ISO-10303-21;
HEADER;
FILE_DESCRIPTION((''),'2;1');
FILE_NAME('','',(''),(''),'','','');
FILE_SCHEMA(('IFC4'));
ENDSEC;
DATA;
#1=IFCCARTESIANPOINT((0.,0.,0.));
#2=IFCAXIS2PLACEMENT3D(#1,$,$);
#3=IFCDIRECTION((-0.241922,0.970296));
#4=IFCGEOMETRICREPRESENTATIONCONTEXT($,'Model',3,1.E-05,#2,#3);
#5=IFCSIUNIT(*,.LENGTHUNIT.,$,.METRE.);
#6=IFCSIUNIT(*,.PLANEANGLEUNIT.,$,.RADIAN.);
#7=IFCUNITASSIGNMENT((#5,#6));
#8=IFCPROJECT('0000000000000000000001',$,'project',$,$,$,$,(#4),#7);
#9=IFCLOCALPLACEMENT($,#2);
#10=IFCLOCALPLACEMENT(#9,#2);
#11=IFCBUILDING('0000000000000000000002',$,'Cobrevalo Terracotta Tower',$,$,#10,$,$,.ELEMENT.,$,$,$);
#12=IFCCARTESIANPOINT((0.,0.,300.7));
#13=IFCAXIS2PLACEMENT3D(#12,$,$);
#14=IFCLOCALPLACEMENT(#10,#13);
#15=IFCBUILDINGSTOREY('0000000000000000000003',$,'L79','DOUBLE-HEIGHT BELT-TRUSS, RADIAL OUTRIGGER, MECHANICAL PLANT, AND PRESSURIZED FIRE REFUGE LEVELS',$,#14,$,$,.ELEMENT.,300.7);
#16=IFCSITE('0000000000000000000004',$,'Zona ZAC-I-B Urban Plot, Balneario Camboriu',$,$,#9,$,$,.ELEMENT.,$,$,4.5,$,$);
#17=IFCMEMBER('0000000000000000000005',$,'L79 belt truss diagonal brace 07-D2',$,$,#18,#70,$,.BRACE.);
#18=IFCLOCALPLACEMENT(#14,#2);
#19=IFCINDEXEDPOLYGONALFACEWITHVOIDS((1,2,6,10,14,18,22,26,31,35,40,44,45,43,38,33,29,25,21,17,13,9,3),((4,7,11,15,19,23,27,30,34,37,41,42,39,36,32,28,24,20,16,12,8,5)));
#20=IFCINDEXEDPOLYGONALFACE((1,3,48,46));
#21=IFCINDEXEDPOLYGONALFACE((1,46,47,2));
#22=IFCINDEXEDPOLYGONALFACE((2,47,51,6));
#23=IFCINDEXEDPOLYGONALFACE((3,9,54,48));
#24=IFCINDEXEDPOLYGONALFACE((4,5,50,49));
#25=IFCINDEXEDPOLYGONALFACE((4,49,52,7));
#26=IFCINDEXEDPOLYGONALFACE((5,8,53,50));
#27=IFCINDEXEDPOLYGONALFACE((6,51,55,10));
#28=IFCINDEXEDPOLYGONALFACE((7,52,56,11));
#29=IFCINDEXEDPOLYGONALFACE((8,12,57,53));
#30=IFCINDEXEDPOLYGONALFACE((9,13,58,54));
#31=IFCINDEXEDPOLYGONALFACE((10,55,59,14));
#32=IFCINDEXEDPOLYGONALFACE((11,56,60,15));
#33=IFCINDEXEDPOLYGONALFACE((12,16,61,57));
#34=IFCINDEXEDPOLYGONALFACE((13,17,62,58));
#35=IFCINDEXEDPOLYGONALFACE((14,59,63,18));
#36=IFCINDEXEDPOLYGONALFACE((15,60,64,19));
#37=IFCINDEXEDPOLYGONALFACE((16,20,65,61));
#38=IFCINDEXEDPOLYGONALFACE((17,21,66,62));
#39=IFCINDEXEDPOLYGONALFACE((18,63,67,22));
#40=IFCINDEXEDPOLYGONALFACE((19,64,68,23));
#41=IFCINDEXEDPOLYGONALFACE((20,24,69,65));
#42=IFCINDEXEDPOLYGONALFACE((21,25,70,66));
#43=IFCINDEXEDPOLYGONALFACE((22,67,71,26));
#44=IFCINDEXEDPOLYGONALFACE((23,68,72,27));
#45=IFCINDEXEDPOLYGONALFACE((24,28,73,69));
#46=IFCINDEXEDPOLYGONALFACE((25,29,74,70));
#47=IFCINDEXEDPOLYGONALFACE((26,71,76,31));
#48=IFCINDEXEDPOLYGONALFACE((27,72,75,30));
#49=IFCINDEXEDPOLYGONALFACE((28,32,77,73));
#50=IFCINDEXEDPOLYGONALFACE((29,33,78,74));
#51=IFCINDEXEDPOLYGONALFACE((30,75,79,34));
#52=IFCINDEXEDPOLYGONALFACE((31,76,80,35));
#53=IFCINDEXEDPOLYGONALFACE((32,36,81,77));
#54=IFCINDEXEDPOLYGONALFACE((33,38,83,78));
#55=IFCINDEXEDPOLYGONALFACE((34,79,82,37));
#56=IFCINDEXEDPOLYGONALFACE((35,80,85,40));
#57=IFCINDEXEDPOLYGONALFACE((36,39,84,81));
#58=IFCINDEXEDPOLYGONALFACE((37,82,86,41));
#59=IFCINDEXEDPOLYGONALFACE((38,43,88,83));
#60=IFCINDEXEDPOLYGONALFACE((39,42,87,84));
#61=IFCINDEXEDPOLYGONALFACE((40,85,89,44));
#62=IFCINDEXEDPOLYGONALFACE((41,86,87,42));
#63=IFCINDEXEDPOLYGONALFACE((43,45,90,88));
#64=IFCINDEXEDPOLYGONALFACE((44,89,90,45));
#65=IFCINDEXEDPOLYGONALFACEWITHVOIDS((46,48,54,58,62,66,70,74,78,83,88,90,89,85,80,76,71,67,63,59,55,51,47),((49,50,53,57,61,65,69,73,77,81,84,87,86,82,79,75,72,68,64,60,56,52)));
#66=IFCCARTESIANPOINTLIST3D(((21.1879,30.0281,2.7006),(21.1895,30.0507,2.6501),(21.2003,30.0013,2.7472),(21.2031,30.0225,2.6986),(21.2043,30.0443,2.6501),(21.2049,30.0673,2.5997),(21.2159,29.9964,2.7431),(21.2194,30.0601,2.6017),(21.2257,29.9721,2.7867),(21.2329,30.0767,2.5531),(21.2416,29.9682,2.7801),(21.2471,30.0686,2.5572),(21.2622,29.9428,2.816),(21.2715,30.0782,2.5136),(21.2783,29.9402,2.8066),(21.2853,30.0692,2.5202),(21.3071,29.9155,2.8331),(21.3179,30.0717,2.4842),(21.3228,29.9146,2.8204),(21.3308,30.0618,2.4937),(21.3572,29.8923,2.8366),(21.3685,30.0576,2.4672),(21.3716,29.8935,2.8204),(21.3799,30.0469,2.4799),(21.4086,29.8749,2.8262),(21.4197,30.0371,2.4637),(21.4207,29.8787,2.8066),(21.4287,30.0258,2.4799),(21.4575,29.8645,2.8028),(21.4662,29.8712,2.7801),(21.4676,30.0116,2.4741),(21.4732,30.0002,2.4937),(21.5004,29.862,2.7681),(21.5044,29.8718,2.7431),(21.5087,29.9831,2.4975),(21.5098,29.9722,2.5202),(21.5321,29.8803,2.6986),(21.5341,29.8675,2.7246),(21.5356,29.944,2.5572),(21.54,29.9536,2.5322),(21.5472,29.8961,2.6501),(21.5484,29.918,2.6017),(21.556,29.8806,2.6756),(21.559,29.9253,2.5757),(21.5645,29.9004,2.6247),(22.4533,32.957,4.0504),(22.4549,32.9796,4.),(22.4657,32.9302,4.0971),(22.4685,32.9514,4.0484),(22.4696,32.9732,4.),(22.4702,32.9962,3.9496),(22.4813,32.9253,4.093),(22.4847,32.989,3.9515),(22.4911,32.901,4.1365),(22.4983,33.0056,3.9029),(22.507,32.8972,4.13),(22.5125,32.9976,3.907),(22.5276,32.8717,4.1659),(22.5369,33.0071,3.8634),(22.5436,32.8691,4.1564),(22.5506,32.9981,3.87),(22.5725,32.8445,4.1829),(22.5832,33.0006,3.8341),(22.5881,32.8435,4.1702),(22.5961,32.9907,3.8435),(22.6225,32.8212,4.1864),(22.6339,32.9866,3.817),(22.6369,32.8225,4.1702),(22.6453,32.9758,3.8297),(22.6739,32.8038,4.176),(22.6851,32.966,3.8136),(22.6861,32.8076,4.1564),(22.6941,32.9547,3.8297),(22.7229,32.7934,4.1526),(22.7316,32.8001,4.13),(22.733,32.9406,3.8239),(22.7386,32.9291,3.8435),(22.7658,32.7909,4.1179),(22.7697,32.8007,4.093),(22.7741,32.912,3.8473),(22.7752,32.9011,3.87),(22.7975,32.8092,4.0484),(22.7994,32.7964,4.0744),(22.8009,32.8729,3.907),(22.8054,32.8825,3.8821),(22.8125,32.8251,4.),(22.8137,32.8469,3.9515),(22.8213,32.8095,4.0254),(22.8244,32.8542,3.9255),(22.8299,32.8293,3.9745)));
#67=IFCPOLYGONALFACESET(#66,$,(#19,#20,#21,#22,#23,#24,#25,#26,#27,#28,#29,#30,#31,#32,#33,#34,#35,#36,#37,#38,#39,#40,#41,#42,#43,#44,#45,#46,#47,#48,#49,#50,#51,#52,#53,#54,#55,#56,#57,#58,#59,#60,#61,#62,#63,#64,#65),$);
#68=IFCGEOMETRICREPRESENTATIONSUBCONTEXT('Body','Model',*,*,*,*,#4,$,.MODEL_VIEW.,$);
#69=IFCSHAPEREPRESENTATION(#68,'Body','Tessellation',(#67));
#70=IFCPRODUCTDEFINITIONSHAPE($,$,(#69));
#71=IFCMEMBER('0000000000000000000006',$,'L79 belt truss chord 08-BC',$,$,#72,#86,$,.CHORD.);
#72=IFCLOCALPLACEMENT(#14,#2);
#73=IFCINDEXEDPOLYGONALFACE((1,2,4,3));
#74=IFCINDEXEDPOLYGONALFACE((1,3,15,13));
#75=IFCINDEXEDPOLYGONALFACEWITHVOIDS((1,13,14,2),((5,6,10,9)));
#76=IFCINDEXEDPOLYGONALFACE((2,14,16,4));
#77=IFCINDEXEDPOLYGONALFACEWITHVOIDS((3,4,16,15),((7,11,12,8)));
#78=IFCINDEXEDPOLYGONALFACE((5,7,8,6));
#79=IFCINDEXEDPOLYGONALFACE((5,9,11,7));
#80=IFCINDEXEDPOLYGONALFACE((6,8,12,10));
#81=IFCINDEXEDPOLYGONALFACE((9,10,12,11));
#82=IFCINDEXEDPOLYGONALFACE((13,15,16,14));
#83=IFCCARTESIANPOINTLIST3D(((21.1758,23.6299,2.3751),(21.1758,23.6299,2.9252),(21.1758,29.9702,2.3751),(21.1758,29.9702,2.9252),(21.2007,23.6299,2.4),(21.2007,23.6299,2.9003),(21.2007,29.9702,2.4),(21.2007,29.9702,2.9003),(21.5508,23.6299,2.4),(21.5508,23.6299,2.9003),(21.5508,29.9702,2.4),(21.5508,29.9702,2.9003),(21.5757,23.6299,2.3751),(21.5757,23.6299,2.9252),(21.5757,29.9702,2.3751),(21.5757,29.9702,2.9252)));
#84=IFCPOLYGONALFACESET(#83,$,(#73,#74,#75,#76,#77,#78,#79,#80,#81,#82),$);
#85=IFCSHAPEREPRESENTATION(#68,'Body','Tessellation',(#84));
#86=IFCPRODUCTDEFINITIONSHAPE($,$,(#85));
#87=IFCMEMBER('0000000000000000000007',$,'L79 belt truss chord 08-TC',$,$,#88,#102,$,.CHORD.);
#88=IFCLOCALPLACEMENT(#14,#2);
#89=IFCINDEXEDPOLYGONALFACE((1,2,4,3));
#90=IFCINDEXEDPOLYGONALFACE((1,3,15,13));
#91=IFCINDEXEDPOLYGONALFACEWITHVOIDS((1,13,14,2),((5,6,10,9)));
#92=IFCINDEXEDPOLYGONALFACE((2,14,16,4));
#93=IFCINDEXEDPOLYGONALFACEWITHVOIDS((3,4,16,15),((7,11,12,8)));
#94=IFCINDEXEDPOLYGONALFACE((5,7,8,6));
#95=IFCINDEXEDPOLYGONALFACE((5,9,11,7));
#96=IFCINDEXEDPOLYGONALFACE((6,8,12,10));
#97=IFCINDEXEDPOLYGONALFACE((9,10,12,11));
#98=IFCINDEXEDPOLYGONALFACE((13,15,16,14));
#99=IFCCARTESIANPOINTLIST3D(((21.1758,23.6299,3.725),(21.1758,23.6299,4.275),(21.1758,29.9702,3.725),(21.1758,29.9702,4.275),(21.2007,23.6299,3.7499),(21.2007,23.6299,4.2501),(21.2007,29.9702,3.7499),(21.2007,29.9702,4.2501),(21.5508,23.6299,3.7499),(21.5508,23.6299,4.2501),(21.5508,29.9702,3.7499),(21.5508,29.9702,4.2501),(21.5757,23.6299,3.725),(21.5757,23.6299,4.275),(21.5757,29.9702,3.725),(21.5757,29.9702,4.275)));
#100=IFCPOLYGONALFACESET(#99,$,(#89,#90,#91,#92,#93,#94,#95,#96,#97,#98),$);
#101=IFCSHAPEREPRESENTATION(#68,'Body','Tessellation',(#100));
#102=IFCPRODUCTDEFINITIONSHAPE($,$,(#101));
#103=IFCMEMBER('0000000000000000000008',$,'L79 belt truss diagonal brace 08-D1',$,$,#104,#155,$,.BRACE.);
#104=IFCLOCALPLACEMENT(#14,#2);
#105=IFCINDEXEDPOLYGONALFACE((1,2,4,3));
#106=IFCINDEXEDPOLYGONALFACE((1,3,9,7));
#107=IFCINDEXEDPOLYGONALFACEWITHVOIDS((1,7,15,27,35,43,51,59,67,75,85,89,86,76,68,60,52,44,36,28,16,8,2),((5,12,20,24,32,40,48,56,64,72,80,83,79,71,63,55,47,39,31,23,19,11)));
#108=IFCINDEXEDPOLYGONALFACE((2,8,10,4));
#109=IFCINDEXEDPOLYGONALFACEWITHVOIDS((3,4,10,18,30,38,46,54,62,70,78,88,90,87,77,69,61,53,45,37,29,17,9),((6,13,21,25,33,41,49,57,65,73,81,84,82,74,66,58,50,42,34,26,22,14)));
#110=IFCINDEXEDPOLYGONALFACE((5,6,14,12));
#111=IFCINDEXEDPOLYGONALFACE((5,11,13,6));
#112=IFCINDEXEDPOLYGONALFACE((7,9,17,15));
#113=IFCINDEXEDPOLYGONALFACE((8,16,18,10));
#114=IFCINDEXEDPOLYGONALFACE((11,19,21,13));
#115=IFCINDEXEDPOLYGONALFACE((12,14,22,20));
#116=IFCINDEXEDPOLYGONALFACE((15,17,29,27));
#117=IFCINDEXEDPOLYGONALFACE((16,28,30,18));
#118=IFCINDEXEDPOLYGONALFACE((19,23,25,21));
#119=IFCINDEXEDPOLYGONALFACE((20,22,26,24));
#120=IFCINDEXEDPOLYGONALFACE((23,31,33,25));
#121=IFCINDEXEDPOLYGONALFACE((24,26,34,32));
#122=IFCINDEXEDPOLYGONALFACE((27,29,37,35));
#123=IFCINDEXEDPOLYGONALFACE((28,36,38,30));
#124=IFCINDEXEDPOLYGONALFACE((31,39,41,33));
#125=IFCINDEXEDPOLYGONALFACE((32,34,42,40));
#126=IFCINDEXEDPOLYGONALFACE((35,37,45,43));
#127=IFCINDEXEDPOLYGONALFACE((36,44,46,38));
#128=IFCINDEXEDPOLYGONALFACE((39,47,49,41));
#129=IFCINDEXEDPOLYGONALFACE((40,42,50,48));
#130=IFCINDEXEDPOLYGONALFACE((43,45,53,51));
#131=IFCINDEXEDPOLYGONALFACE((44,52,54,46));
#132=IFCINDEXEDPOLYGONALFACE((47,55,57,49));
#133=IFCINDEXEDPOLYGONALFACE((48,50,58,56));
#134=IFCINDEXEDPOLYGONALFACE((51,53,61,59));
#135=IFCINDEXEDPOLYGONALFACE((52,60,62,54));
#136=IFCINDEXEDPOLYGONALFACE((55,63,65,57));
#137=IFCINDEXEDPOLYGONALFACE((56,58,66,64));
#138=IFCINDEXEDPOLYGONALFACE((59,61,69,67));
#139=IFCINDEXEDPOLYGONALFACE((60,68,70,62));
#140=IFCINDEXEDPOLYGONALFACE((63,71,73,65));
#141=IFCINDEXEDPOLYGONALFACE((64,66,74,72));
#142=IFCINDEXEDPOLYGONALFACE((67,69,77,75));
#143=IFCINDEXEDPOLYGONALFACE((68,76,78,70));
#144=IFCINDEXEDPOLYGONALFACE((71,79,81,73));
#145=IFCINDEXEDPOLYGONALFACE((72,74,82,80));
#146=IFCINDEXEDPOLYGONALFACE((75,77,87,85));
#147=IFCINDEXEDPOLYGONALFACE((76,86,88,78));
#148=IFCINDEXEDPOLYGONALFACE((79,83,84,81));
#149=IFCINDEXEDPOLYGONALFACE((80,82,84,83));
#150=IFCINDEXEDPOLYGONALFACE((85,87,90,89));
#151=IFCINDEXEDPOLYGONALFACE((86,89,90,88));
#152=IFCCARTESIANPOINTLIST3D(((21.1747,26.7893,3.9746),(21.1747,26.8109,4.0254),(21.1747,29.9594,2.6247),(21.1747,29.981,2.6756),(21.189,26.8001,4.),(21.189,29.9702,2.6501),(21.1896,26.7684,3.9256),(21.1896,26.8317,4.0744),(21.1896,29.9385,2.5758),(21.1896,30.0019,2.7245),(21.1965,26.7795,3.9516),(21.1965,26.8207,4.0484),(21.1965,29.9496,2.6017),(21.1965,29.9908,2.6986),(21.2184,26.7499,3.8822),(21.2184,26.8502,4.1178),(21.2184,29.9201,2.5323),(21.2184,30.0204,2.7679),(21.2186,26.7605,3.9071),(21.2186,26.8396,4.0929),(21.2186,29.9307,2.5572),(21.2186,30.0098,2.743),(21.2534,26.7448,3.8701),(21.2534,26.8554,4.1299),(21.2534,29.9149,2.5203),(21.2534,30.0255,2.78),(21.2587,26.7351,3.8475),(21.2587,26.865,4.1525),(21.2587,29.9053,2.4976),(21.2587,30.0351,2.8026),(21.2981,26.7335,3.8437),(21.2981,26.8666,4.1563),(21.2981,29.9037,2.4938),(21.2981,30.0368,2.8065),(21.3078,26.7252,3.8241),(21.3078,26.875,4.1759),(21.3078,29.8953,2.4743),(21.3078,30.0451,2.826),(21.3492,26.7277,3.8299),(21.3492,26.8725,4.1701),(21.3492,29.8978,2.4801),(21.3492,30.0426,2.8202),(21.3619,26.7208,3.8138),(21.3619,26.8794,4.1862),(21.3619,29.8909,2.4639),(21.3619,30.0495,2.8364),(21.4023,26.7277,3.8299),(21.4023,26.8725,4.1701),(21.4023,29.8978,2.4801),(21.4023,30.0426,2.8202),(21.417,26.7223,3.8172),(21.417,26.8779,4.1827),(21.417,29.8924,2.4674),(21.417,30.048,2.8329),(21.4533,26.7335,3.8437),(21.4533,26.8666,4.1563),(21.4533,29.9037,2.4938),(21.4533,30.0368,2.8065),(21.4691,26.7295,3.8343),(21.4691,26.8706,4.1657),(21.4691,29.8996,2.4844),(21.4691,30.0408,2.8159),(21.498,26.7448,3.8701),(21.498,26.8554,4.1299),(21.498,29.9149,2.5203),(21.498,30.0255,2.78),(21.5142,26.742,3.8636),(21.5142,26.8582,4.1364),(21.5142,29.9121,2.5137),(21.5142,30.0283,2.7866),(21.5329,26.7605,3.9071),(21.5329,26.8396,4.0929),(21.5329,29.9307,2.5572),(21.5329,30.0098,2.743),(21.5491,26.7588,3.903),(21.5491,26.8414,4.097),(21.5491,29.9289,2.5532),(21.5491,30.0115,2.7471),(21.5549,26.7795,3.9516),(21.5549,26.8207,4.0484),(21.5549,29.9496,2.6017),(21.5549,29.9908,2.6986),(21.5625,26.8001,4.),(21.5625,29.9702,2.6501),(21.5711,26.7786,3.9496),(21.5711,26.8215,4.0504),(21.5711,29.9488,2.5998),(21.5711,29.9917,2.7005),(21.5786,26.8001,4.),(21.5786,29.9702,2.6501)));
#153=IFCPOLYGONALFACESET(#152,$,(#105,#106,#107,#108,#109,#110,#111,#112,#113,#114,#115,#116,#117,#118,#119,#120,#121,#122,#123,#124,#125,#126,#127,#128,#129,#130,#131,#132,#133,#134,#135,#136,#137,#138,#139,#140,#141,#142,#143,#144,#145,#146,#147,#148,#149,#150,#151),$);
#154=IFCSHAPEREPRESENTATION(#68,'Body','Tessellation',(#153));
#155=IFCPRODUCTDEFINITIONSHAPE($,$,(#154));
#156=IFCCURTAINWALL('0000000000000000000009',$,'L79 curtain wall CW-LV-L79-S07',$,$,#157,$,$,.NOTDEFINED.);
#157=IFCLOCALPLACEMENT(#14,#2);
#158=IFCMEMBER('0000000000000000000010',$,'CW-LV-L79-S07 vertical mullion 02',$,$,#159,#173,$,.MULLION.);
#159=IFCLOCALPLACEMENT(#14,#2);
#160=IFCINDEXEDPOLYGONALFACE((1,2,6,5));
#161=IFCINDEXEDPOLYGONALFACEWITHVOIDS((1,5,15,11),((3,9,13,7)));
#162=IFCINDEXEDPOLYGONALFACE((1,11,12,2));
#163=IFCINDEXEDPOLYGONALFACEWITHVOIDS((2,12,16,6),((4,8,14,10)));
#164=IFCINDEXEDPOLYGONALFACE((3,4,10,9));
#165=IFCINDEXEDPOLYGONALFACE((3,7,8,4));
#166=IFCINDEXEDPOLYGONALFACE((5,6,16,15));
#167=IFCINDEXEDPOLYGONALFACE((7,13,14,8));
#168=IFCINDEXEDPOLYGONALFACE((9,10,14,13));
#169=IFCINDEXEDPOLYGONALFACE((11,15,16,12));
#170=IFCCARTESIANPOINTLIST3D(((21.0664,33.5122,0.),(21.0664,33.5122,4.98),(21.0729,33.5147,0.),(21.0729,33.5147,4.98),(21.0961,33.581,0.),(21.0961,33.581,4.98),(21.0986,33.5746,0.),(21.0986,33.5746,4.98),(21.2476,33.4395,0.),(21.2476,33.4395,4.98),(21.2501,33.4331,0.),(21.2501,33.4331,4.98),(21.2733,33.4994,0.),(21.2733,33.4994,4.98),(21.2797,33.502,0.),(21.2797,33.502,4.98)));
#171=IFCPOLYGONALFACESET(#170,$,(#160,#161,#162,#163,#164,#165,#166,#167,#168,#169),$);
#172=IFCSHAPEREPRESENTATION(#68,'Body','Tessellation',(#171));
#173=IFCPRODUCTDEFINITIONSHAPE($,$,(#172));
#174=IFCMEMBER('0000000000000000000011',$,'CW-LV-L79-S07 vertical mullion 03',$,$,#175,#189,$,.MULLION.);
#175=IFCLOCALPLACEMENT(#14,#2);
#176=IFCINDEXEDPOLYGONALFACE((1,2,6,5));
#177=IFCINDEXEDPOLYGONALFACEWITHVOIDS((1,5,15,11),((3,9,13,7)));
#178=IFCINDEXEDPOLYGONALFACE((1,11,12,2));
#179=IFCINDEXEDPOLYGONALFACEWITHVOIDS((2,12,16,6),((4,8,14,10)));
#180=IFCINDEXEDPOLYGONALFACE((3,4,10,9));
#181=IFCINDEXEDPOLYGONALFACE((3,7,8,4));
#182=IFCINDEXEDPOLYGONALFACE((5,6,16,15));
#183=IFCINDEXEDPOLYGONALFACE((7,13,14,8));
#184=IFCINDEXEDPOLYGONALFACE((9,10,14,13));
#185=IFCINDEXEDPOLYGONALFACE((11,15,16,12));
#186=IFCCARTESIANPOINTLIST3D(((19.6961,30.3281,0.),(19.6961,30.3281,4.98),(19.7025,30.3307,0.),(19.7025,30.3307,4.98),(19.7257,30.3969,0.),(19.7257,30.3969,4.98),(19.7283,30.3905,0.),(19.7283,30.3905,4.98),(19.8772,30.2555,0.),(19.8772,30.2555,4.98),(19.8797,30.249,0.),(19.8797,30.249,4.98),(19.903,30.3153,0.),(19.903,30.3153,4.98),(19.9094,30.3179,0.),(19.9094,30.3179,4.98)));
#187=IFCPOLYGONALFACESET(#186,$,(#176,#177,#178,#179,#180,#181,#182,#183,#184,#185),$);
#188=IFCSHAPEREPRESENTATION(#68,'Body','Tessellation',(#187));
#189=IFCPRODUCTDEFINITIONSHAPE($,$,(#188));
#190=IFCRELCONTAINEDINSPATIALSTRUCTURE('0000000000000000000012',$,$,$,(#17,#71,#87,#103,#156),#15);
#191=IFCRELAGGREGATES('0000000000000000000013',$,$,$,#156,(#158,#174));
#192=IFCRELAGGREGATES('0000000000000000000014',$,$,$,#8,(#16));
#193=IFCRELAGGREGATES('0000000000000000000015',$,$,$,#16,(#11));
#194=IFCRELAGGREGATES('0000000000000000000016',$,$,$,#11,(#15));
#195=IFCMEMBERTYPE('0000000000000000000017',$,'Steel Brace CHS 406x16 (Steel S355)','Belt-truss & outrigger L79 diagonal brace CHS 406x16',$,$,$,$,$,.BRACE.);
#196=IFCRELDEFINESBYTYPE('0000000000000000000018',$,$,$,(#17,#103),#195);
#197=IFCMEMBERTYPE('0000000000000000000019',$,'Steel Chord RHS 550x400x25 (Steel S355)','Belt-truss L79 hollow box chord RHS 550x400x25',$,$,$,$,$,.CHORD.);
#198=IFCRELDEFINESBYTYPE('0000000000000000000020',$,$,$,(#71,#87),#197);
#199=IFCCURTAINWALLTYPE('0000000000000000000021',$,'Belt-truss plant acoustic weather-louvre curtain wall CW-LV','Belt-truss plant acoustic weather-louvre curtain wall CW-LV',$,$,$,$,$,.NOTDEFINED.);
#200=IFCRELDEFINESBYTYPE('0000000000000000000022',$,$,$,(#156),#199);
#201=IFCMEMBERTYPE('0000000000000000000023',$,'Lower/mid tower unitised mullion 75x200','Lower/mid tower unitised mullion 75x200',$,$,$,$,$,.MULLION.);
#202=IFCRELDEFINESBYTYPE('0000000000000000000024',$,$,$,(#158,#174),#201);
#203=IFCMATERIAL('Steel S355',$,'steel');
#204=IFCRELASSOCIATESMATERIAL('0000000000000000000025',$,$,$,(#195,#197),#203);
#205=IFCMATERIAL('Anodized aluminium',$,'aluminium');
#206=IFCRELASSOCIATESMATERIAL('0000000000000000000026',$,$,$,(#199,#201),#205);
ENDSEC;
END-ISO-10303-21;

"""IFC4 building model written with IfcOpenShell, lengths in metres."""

from ifc_helpers import new_model, si_unit, direction, frame, origin, origin_2d, place, context, subcontext, project, spatial, hollow_rectangle, hollow_circle, extrude, source, transform, mapped, material, material_profile, profile_set, type_object, element, aggregate, save


model = new_model("IFC4")

# Units and contexts
model_context = context("Model", 3, precision=1e-05, world=origin(), true_north=direction((-0.241922, 0.970296)))
body_context = subcontext(model_context, "Body", "Model", "MODEL_VIEW")
ifc_project = project(units=[si_unit("LENGTHUNIT", "METRE"), si_unit("PLANEANGLEUNIT", "RADIAN")], contexts=[model_context])

# Site, building, storey
site_placement = place(None, origin())
site = spatial("IfcSite", under=ifc_project, at=site_placement, Name="Zona ZAC-I-B Urban Plot, Balneario Camboriu", CompositionType="ELEMENT", RefElevation=4.5)
building_placement = place(site_placement, origin())
building = spatial("IfcBuilding", under=site, at=building_placement, Name="Cobrevalo Terracotta Tower", CompositionType="ELEMENT")
storey_placement = place(building_placement, frame((0.0, 0.0, 300.7)))
storey = spatial("IfcBuildingStorey", under=building, at=storey_placement, Name="L79", Description="DOUBLE-HEIGHT BELT-TRUSS, RADIAL OUTRIGGER, MECHANICAL PLANT, AND PRESSURIZED FIRE REFUGE LEVELS", CompositionType="ELEMENT", Elevation=300.7)

# Shared definitions
ifc_material_1 = material(Name="Steel S355", Category="steel")

# Members
ifc_material_profile_1 = material_profile(ifc_material_1, hollow_circle(Radius=0.2029, WallThickness=0.0161, at=origin_2d()), Name="CHS 406x16")
ifc_profile_set_1 = profile_set([ifc_material_profile_1], Name="Steel S355")
member_type_1 = type_object("IfcMemberType", Name="Steel Brace CHS 406x16 (Steel S355)", Description="Belt-truss & outrigger L79 diagonal brace CHS 406x16", PredefinedType="BRACE", material=ifc_profile_set_1)
shared_shape_1 = source(origin(), body_context, "Body", "SweptSolid", [
    extrude(hollow_circle(Radius=0.2029, WallThickness=0.0161, at=origin_2d()), origin(), (0.0, 0.0, 1.0), 3.4644),
])
member_1_placement = place(storey_placement, frame((21.3757, 29.9702, 2.6501), z_axis=(0.365252, 0.845444, 0.389636), x_axis=(-0.917993, 0.396596, 0.0)))
element("IfcMember", 1, at=member_1_placement, inside=storey, type_object=member_type_1, Name="L79 belt truss diagonal brace 07-D2", PredefinedType="BRACE", context=body_context, shape_type="MappedRepresentation", body=[
    mapped(shared_shape_1, transform((0.0, 0.0, 0.0), scale=1.0)),
])
ifc_material_profile_2 = material_profile(ifc_material_1, hollow_rectangle(XDim=0.3999, YDim=0.55, WallThickness=0.0249, at=origin_2d()), Name="RHS 550x400x25")
ifc_profile_set_2 = profile_set([ifc_material_profile_2], Name="Steel S355")
member_type_2 = type_object("IfcMemberType", Name="Steel Chord RHS 550x400x25 (Steel S355)", Description="Belt-truss L79 hollow box chord RHS 550x400x25", PredefinedType="CHORD", material=ifc_profile_set_2)
shared_shape_2 = source(origin(), body_context, "Body", "SweptSolid", [
    extrude(hollow_rectangle(XDim=0.3999, YDim=0.55, WallThickness=0.0249, at=origin_2d()), origin(), (0.0, 0.0, 1.0), 6.3403),
])
for number, where, z_axis, x_axis, name in (
    (2, (21.3757, 29.9702, 2.6501), (0.0, -1.0, 0.0), (1.0, 0.0, 0.0), "L79 belt truss chord 08-BC"),
    (3, (21.3757, 29.9702, 4.0), (0.0, -1.0, 0.0), (1.0, 0.0, 0.0), "L79 belt truss chord 08-TC"),
):
    element("IfcMember", number, at=place(storey_placement, frame(where, z_axis=z_axis, x_axis=x_axis)), inside=storey, type_object=member_type_2, Name=name, PredefinedType="CHORD", context=body_context, shape_type="MappedRepresentation", body=[
        mapped(shared_shape_2, transform((0.0, 0.0, 0.0), scale=1.0)),
    ])
shared_shape_3 = source(origin(), body_context, "Body", "SweptSolid", [
    extrude(hollow_circle(Radius=0.2029, WallThickness=0.0161, at=origin_2d()), origin(), (0.0, 0.0, 1.0), 3.4456),
])
member_2_placement = place(storey_placement, frame((21.3757, 29.9702, 2.6501), z_axis=(0.0, -0.920066, 0.391763), x_axis=(1.0, 0.0, 0.0)))
element("IfcMember", 4, at=member_2_placement, inside=storey, type_object=member_type_1, Name="L79 belt truss diagonal brace 08-D1", PredefinedType="BRACE", context=body_context, shape_type="MappedRepresentation", body=[
    mapped(shared_shape_3, transform((0.0, 0.0, 0.0), scale=1.0)),
])

# Curtain wall, members
ifc_material_2 = material(Name="Anodized aluminium", Category="aluminium")
curtain_wall_type = type_object("IfcCurtainWallType", Name="Belt-truss plant acoustic weather-louvre curtain wall CW-LV", Description="Belt-truss plant acoustic weather-louvre curtain wall CW-LV", PredefinedType="NOTDEFINED", material=ifc_material_2)
curtain_wall_1_placement = place(storey_placement, origin())
curtain_wall_1 = element("IfcCurtainWall", 5, at=curtain_wall_1_placement, inside=storey, type_object=curtain_wall_type, Name="L79 curtain wall CW-LV-L79-S07", PredefinedType="NOTDEFINED")
ifc_material_profile_3 = material_profile(ifc_material_2, hollow_rectangle(XDim=0.075, YDim=0.2, WallThickness=0.0049, at=origin_2d()), Name="CWM 75x200")
ifc_profile_set_3 = profile_set([ifc_material_profile_3], Name="Anodized aluminium")
member_type_3 = type_object("IfcMemberType", Name="Lower/mid tower unitised mullion 75x200", Description="Lower/mid tower unitised mullion 75x200", PredefinedType="MULLION", material=ifc_profile_set_3)
shared_shape_4 = source(origin(), body_context, "Body", "SweptSolid", [
    extrude(hollow_rectangle(XDim=0.075, YDim=0.2, WallThickness=0.0049, at=origin_2d()), origin(), (0.0, 0.0, 1.0), 4.98),
])
member_3_placement = place(storey_placement, frame((21.1731, 33.5071, 0.0), z_axis=(0.0, 0.0, 1.0), x_axis=(-0.395369, -0.918522, 0.0)))
member_3 = element("IfcMember", 6, at=member_3_placement, type_object=member_type_3, Name="CW-LV-L79-S07 vertical mullion 02", PredefinedType="MULLION", context=body_context, shape_type="MappedRepresentation", body=[
    mapped(shared_shape_4, transform((0.0, 0.0, 0.0), scale=1.0)),
])
member_4_placement = place(storey_placement, frame((19.8027, 30.323, 0.0), z_axis=(0.0, 0.0, 1.0), x_axis=(-0.395369, -0.918522, 0.0)))
member_4 = element("IfcMember", 7, at=member_4_placement, type_object=member_type_3, Name="CW-LV-L79-S07 vertical mullion 03", PredefinedType="MULLION", context=body_context, shape_type="MappedRepresentation", body=[
    mapped(shared_shape_4, transform((0.0, 0.0, 0.0), scale=1.0)),
])

aggregate(curtain_wall_1, [member_3, member_4])

save(model, "model.ifc")
